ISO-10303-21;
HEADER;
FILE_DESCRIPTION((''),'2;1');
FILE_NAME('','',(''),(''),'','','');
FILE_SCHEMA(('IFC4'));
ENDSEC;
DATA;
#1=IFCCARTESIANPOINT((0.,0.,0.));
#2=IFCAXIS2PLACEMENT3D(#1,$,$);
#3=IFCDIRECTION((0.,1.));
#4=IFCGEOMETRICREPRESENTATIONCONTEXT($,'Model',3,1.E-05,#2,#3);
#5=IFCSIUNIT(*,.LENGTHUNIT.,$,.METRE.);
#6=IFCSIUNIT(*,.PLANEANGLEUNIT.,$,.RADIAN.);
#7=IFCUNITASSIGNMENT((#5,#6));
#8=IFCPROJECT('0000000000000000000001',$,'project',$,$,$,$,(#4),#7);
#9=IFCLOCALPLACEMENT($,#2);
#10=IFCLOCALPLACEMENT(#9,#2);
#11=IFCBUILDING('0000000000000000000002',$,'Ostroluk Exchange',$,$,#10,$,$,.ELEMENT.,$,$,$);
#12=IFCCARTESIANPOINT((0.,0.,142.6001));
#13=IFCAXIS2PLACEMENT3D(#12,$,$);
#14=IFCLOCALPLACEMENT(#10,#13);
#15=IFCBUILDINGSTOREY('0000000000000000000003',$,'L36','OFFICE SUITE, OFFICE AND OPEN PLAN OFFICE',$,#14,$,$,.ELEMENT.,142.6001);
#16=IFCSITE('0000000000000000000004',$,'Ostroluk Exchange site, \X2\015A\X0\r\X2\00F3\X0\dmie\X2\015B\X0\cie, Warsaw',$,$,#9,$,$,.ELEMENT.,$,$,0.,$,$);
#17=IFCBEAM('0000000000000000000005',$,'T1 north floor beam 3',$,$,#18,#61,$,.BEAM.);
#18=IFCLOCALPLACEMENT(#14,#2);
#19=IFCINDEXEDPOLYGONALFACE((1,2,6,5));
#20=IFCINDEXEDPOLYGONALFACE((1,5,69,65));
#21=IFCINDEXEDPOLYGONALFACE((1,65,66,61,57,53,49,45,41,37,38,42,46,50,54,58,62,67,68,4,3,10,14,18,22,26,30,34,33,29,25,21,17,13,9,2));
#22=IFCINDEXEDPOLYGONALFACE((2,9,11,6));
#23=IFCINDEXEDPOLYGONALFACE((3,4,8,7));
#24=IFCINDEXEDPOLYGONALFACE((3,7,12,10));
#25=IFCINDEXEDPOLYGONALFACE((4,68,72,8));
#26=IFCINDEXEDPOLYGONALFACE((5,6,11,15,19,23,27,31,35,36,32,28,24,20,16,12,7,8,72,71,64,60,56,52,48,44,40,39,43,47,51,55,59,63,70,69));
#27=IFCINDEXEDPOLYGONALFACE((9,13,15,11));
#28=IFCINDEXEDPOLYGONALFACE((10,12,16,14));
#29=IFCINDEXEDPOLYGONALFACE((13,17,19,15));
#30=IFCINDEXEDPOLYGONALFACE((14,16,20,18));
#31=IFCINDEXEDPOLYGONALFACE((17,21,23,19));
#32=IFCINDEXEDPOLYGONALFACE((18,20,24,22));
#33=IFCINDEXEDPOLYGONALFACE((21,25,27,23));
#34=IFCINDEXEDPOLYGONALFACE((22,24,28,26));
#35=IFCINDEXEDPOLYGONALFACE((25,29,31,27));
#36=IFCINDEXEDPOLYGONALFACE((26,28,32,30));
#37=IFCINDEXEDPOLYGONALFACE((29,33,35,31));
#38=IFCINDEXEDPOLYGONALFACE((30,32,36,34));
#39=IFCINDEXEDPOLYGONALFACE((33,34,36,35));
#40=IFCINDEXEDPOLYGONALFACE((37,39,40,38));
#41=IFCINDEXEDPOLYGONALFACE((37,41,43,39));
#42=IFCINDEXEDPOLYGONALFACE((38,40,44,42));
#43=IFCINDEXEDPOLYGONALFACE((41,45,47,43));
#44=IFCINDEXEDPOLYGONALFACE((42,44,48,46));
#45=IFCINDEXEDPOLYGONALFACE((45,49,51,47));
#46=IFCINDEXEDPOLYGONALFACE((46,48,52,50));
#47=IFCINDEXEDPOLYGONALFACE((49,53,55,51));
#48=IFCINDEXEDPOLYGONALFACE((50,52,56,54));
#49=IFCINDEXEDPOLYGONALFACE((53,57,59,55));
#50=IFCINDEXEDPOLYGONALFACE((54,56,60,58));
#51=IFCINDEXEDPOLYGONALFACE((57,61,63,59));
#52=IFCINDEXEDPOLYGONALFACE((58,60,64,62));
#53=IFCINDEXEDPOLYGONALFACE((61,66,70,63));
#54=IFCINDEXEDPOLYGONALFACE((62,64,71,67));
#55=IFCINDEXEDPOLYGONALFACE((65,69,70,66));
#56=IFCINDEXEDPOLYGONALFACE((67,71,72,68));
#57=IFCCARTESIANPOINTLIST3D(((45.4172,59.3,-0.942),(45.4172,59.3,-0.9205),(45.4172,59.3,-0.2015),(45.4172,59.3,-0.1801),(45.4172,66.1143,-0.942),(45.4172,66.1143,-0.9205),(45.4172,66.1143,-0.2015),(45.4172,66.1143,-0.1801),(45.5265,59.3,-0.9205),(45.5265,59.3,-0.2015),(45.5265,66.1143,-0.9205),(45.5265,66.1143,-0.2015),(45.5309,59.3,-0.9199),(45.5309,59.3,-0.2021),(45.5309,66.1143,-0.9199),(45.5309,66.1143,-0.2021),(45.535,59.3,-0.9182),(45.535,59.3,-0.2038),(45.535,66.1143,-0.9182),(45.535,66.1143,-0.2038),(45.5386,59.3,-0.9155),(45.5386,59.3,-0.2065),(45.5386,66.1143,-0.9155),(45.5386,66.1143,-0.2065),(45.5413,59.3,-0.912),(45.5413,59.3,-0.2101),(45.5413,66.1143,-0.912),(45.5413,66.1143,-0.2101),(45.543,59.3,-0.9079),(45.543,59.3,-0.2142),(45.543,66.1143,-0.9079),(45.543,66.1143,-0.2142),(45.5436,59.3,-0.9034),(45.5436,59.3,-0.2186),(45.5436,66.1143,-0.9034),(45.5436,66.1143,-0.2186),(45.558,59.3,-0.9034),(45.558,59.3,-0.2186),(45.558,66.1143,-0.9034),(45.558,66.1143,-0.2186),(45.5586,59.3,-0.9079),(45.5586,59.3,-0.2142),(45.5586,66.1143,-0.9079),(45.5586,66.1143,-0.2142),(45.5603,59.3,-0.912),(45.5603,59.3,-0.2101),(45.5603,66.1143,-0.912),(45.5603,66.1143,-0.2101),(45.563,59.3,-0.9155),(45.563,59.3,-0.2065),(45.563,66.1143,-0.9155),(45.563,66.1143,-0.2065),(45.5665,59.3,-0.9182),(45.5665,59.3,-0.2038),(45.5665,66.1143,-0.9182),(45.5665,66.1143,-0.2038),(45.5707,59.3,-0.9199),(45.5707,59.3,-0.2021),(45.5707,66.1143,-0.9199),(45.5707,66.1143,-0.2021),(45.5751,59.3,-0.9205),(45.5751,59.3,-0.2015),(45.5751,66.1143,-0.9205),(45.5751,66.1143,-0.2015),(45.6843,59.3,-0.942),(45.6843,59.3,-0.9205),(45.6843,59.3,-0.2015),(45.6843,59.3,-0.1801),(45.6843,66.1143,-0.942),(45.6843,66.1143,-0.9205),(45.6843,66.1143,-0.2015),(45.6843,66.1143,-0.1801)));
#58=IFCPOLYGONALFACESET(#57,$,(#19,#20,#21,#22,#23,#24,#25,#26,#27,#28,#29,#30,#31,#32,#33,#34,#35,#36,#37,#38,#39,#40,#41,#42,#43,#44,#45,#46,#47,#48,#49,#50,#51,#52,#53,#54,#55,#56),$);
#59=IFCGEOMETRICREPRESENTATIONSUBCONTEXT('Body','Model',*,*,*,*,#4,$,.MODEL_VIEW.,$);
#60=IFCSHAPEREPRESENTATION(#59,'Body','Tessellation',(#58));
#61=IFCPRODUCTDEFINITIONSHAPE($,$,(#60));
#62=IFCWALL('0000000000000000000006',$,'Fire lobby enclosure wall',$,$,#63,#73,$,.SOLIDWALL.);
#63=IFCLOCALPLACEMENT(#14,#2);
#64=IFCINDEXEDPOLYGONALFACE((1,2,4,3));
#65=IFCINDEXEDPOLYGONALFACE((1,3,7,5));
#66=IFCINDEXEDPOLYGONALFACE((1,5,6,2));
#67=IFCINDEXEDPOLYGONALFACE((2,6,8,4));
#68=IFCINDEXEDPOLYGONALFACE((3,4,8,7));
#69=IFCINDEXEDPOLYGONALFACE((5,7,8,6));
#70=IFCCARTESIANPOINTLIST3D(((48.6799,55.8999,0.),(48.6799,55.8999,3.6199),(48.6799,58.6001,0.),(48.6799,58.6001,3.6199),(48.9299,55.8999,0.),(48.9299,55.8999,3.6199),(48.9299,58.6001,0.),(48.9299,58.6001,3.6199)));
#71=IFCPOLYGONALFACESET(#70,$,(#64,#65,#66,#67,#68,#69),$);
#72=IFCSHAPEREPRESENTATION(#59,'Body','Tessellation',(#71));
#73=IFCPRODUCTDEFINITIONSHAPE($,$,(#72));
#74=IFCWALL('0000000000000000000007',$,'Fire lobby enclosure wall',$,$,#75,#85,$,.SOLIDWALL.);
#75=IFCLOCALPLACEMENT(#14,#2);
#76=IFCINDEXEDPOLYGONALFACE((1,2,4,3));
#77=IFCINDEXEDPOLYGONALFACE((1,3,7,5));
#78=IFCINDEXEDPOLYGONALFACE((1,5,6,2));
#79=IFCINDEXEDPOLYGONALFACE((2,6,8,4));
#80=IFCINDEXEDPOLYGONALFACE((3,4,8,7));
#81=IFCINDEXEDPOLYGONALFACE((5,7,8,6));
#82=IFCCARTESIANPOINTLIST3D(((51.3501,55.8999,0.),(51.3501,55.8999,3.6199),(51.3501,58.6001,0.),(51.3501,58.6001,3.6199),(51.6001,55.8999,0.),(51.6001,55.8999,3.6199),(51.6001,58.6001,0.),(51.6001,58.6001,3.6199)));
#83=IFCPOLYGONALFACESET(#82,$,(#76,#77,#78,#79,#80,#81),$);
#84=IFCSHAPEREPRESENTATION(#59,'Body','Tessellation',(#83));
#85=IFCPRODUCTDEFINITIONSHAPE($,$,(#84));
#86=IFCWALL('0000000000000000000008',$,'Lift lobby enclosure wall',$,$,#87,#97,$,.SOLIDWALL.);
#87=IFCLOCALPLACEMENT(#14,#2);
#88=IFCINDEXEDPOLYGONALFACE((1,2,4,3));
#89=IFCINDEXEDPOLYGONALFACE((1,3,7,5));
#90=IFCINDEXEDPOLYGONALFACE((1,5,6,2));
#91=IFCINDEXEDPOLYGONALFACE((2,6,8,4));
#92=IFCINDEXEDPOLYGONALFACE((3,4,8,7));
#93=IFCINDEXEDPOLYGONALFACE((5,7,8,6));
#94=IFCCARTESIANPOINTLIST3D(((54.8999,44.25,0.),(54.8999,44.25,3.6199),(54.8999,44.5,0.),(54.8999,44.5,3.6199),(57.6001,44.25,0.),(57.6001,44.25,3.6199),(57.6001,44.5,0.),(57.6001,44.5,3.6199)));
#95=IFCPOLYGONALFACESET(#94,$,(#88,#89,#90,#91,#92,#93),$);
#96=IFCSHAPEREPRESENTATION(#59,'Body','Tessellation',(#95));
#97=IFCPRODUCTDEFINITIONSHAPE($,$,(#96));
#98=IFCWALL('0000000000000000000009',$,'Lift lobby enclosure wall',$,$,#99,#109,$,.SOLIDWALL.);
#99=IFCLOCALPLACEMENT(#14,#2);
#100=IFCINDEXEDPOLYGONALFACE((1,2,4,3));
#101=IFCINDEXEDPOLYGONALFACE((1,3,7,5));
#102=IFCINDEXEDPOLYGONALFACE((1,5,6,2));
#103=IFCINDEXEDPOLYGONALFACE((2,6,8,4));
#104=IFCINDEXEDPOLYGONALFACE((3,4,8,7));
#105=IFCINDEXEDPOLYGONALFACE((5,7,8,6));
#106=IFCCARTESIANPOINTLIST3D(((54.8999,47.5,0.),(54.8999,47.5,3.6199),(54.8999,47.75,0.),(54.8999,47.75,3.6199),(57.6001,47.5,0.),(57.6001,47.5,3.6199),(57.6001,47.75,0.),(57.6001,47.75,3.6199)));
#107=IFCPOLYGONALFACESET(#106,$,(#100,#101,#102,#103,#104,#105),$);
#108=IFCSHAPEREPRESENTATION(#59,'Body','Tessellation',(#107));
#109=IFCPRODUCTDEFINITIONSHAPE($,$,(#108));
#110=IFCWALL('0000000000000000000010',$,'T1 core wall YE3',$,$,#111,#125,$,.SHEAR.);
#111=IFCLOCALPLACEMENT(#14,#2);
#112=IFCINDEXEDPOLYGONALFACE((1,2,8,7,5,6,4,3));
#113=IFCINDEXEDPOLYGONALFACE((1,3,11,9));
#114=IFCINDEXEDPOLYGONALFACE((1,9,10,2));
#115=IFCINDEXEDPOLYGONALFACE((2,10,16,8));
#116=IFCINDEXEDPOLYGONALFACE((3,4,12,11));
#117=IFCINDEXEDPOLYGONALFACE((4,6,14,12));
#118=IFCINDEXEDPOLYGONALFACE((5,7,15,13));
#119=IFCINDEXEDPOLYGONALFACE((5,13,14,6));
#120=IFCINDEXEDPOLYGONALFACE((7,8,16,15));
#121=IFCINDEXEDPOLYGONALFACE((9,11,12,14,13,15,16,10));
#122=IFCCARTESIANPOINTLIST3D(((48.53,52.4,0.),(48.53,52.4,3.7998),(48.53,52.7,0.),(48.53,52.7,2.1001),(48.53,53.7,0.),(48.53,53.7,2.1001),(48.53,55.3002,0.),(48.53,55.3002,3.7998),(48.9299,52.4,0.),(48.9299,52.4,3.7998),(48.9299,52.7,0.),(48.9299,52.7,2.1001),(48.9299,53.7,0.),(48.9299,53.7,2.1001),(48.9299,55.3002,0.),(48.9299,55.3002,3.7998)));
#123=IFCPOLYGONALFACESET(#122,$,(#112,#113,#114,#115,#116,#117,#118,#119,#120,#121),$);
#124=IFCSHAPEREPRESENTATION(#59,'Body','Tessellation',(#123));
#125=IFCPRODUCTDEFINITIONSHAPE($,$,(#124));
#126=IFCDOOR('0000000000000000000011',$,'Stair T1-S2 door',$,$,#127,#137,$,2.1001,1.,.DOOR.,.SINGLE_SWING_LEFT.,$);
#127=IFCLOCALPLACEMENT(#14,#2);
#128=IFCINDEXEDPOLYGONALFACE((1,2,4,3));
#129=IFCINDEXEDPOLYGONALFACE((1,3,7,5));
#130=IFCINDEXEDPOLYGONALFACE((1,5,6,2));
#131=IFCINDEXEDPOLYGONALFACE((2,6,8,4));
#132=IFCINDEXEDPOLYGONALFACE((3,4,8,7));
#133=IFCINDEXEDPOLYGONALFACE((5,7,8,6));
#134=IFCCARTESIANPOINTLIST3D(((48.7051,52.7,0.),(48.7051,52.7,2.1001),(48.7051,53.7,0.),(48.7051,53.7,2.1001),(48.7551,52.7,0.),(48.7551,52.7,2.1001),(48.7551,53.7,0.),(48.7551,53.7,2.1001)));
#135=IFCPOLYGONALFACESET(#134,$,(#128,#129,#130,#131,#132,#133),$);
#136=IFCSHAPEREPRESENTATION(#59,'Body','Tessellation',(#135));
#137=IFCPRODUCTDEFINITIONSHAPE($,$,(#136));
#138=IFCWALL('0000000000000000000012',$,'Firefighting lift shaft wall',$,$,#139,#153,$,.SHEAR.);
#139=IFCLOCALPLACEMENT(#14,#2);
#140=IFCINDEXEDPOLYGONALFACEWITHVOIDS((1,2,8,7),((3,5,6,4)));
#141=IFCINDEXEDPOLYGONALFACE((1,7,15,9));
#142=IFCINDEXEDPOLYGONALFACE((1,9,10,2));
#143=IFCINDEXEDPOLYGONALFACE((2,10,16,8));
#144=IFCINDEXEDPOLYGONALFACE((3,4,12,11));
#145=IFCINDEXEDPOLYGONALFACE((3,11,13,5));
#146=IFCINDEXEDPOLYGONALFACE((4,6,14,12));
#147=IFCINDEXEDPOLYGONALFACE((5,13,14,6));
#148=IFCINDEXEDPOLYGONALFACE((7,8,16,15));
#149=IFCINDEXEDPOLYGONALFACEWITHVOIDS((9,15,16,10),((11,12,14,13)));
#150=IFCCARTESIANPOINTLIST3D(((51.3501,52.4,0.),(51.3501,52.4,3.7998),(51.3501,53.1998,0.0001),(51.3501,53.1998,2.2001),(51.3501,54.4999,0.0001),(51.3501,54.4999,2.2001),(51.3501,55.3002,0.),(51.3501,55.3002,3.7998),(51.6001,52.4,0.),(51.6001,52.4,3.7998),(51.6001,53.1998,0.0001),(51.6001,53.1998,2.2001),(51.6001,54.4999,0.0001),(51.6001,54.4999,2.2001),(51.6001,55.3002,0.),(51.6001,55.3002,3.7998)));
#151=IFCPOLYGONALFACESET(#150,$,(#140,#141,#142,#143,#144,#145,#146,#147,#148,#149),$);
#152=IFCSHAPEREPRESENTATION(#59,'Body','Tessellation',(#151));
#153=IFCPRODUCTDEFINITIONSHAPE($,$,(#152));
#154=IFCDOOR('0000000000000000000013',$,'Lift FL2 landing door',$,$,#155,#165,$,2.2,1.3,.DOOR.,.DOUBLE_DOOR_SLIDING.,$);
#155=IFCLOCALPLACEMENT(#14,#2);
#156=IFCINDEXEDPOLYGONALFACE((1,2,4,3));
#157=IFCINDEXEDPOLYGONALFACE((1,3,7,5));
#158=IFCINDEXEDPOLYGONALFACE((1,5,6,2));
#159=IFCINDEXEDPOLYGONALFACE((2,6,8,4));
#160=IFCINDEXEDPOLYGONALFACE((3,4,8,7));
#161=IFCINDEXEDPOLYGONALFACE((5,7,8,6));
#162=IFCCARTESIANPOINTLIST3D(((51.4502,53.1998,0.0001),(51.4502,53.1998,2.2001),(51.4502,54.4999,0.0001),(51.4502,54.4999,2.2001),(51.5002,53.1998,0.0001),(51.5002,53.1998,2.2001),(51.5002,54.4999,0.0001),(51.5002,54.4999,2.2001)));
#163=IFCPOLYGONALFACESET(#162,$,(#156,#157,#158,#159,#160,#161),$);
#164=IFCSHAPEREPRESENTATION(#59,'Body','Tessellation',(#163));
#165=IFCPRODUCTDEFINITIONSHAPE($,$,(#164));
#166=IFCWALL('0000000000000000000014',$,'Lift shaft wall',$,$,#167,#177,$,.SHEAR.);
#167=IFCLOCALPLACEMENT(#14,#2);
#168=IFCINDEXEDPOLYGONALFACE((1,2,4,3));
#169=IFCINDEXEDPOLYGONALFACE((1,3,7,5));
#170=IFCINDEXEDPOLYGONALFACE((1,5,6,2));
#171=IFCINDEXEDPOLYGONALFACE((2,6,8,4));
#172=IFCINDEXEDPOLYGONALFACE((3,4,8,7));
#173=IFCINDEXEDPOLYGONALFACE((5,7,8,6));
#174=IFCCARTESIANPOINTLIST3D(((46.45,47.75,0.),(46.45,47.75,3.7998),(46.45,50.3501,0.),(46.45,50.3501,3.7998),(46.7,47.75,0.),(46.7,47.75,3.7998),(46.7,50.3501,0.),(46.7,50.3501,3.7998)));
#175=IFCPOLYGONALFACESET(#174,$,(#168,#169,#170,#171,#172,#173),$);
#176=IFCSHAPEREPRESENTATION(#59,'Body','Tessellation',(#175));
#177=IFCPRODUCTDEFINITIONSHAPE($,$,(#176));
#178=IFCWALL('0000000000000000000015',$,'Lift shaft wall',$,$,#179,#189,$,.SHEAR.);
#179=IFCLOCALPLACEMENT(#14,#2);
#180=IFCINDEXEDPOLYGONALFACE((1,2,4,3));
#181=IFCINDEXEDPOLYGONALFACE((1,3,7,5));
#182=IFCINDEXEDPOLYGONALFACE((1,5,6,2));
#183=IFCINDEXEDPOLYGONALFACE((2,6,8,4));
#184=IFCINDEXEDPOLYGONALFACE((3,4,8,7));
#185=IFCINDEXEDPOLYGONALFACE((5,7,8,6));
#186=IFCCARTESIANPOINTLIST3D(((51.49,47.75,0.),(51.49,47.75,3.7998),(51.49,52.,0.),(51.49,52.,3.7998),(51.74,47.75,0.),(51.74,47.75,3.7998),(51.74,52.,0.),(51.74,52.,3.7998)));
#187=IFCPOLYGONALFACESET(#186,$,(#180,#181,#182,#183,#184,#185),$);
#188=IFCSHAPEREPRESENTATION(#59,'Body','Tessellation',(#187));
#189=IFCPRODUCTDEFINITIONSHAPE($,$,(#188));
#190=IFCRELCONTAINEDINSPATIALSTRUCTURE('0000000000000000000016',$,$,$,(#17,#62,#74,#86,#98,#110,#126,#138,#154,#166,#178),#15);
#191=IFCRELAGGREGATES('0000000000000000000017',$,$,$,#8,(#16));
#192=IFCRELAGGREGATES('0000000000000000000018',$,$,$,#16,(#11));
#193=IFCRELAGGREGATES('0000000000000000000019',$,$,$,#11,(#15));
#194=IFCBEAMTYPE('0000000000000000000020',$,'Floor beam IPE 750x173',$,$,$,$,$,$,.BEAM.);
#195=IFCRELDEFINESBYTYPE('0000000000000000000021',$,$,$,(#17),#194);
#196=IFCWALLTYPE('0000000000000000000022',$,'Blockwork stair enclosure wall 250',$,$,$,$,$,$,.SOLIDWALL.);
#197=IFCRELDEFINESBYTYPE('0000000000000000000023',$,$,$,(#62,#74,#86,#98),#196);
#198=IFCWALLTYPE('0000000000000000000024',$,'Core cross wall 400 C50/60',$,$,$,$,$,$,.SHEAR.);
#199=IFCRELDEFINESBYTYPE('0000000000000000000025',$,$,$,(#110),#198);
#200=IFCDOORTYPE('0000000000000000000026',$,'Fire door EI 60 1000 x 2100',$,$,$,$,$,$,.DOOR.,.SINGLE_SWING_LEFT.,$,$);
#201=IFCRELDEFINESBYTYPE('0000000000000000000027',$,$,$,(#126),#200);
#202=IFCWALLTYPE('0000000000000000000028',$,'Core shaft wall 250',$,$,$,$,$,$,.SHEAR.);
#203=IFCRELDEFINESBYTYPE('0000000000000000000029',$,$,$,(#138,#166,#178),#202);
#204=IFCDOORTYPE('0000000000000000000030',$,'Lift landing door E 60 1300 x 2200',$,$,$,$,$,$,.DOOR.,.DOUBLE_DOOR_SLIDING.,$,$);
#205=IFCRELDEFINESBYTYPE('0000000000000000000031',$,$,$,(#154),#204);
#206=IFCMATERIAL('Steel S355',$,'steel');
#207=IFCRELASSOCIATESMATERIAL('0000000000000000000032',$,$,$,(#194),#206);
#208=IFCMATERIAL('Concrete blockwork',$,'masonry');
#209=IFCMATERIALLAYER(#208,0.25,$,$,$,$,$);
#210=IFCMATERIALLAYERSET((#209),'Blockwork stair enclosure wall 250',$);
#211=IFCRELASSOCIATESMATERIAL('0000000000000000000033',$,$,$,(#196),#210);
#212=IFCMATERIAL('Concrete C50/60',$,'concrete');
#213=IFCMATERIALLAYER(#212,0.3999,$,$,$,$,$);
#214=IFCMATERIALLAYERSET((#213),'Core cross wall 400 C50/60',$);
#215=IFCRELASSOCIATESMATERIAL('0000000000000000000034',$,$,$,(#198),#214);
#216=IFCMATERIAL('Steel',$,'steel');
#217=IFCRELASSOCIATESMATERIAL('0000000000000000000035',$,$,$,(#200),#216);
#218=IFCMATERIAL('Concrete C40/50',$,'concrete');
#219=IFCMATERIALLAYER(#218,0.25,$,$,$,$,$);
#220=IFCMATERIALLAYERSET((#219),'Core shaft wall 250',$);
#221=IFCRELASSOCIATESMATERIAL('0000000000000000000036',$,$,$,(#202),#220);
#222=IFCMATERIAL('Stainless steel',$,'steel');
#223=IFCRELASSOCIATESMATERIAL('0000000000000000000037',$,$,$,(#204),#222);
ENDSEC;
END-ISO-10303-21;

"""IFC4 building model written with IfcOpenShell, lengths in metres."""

from ifc_helpers import new_model, si_unit, direction, frame, frame_2d, origin, origin_2d, place, context, subcontext, project, spatial, rectangle, i_section, extrude, material, layer, layer_set, material_profile, profile_set, type_object, element, fill, save


model = new_model("IFC4")

# Units and contexts
model_context = context("Model", 3, precision=1e-05, world=origin(), true_north=direction((0.0, 1.0)))
body_context = subcontext(model_context, "Body", "Model", "MODEL_VIEW")
ifc_project = project(units=[si_unit("LENGTHUNIT", "METRE"), si_unit("PLANEANGLEUNIT", "RADIAN")], contexts=[model_context])

# Site, building, storey
site_placement = place(None, origin())
site = spatial("IfcSite", under=ifc_project, at=site_placement, Name="Ostroluk Exchange site, Śródmieście, Warsaw", CompositionType="ELEMENT", RefElevation=0.0)
building_placement = place(site_placement, origin())
building = spatial("IfcBuilding", under=site, at=building_placement, Name="Ostroluk Exchange", CompositionType="ELEMENT")
storey_placement = place(building_placement, frame((0.0, 0.0, 142.6001)))
storey = spatial("IfcBuildingStorey", under=building, at=storey_placement, Name="L36", Description="OFFICE SUITE, OFFICE AND OPEN PLAN OFFICE", CompositionType="ELEMENT", Elevation=142.6001)

# Beam
ifc_material_1 = material(Name="Steel S355", Category="steel")
ifc_material_profile_1 = material_profile(ifc_material_1, i_section(OverallWidth=0.2671, OverallDepth=0.762, WebThickness=0.0144, FlangeThickness=0.0215, FilletRadius=0.0171, at=origin_2d()), Name="IPE 750x173")
ifc_profile_set_1 = profile_set([ifc_material_profile_1], Name="Steel S355")
beam_type_1 = type_object("IfcBeamType", Name="Floor beam IPE 750x173", PredefinedType="BEAM", material=ifc_profile_set_1)
for number, where, z_axis, x_axis, name in (
    (1, (45.5508, 59.3, -0.561), (0.0, 1.0, 0.0), (-1.0, 0.0, 0.0), "T1 north floor beam 3"),
):
    element("IfcBeam", number, at=place(storey_placement, frame(where, z_axis=z_axis, x_axis=x_axis)), inside=storey, type_object=beam_type_1, Name=name, PredefinedType="BEAM", context=body_context, shape_type="SweptSolid", body=[
        extrude(i_section(OverallWidth=0.2671, OverallDepth=0.762, WebThickness=0.0144, FlangeThickness=0.0215, FilletRadius=0.0171, at=origin_2d()), origin(), (0.0, 0.0, 1.0), 6.8142),
    ])

# Walls
ifc_material_2 = material(Name="Concrete blockwork", Category="masonry")
ifc_layer_1 = layer(ifc_material_2, 0.25)
ifc_layer_set_1 = layer_set([ifc_layer_1], Name="Blockwork stair enclosure wall 250")
wall_type_1 = type_object("IfcWallType", Name="Blockwork stair enclosure wall 250", PredefinedType="SOLIDWALL", material=ifc_layer_set_1)
for number, where, z_axis, x_axis, name in (
    (2, (48.8049, 55.8999, 0.0), (0.0, 0.0, 1.0), (0.0, 1.0, 0.0), "Fire lobby enclosure wall"),
    (3, (51.4751, 55.8999, 0.0), (0.0, 0.0, 1.0), (0.0, 1.0, 0.0), "Fire lobby enclosure wall"),
    (4, (54.8999, 44.375, 0.0), (0.0, 0.0, 1.0), (1.0, 0.0, 0.0), "Lift lobby enclosure wall"),
    (5, (54.8999, 47.625, 0.0), (0.0, 0.0, 1.0), (1.0, 0.0, 0.0), "Lift lobby enclosure wall"),
):
    element("IfcWall", number, at=place(storey_placement, frame(where, z_axis=z_axis, x_axis=x_axis)), inside=storey, type_object=wall_type_1, Name=name, PredefinedType="SOLIDWALL", context=body_context, shape_type="SweptSolid", body=[
        extrude(rectangle(XDim=2.7002, YDim=0.25, at=frame_2d((1.3501, 0.0))), origin(), (0.0, 0.0, 1.0), 3.6199),
    ])

# Walls, openings, doors
ifc_material_3 = material(Name="Concrete C50/60", Category="concrete")
ifc_layer_2 = layer(ifc_material_3, 0.3999)
ifc_layer_set_2 = layer_set([ifc_layer_2], Name="Core cross wall 400 C50/60")
wall_type_2 = type_object("IfcWallType", Name="Core cross wall 400 C50/60", PredefinedType="SHEAR", material=ifc_layer_set_2)
wall_1_placement = place(storey_placement, frame((48.73, 52.3999, 0.0), z_axis=(0.0, 0.0, 1.0), x_axis=(0.0, 1.0, 0.0)))
wall_1 = element("IfcWall", 6, at=wall_1_placement, inside=storey, type_object=wall_type_2, Name="T1 core wall YE3", PredefinedType="SHEAR", context=body_context, shape_type="SweptSolid", body=[
    extrude(rectangle(XDim=2.9001, YDim=0.3999, at=frame_2d((1.4502, 0.0))), origin(), (0.0, 0.0, 1.0), 3.7998),
])
opening_1_placement = place(wall_1_placement, frame((0.3, 0.0, 0.0)))
opening_1 = element("IfcOpeningElement", 7, at=opening_1_placement, cuts=wall_1, PredefinedType="OPENING", context=body_context, shape_type="SweptSolid", body=[
    extrude(rectangle(XDim=1.0, YDim=2.1001, at=frame_2d((0.5, 1.05))), frame((0.0, 0.21, 0.0), z_axis=(0.0, -1.0, 0.0), x_axis=(1.0, 0.0, 0.0)), (0.0, 0.0, 1.0), 0.4199),
])
ifc_material_4 = material(Name="Steel", Category="steel")
door_type_1 = type_object("IfcDoorType", Name="Fire door EI 60 1000 x 2100", OperationType="SINGLE_SWING_LEFT", PredefinedType="DOOR", material=ifc_material_4)
door_1_placement = place(opening_1_placement, origin())
door_1 = element("IfcDoor", 8, at=door_1_placement, inside=storey, type_object=door_type_1, Name="Stair T1-S2 door", OperationType="SINGLE_SWING_LEFT", OverallHeight=2.1001, OverallWidth=1.0, PredefinedType="DOOR", context=body_context, shape_type="SweptSolid", body=[
    extrude(rectangle(XDim=1.0, YDim=2.1001, at=frame_2d((0.5, 1.05))), frame((0.0, 0.0249, 0.0), z_axis=(0.0, -1.0, 0.0), x_axis=(1.0, 0.0, 0.0)), (0.0, 0.0, 1.0), 0.05),
])
fill(opening_1, door_1)
ifc_material_5 = material(Name="Concrete C40/50", Category="concrete")
ifc_layer_3 = layer(ifc_material_5, 0.25)
ifc_layer_set_3 = layer_set([ifc_layer_3], Name="Core shaft wall 250")
wall_type_3 = type_object("IfcWallType", Name="Core shaft wall 250", PredefinedType="SHEAR", material=ifc_layer_set_3)
wall_2_placement = place(storey_placement, frame((51.4751, 52.3999, 0.0), z_axis=(0.0, 0.0, 1.0), x_axis=(0.0, 1.0, 0.0)))
wall_2 = element("IfcWall", 9, at=wall_2_placement, inside=storey, type_object=wall_type_3, Name="Firefighting lift shaft wall", PredefinedType="SHEAR", context=body_context, shape_type="SweptSolid", body=[
    extrude(rectangle(XDim=2.9001, YDim=0.25, at=frame_2d((1.4502, 0.0))), origin(), (0.0, 0.0, 1.0), 3.7998),
])
opening_2_placement = place(wall_2_placement, frame((0.8, 0.0, 0.0)))
opening_2 = element("IfcOpeningElement", 10, at=opening_2_placement, cuts=wall_2, PredefinedType="OPENING", context=body_context, shape_type="SweptSolid", body=[
    extrude(rectangle(XDim=1.3, YDim=2.2, at=frame_2d((0.6499, 1.1001))), frame((0.0, 0.135, 0.0), z_axis=(0.0, -1.0, 0.0), x_axis=(1.0, 0.0, 0.0)), (0.0, 0.0, 1.0), 0.27),
])
ifc_material_6 = material(Name="Stainless steel", Category="steel")
door_type_2 = type_object("IfcDoorType", Name="Lift landing door E 60 1300 x 2200", OperationType="DOUBLE_DOOR_SLIDING", PredefinedType="DOOR", material=ifc_material_6)
door_2_placement = place(opening_2_placement, origin())
door_2 = element("IfcDoor", 11, at=door_2_placement, inside=storey, type_object=door_type_2, Name="Lift FL2 landing door", OperationType="DOUBLE_DOOR_SLIDING", OverallHeight=2.2, OverallWidth=1.3, PredefinedType="DOOR", context=body_context, shape_type="SweptSolid", body=[
    extrude(rectangle(XDim=1.3, YDim=2.2, at=frame_2d((0.6499, 1.1001))), frame((0.0, 0.0249, 0.0), z_axis=(0.0, -1.0, 0.0), x_axis=(1.0, 0.0, 0.0)), (0.0, 0.0, 1.0), 0.05),
])
fill(opening_2, door_2)

# Walls
wall_3_placement = place(storey_placement, frame((46.575, 47.75, 0.0), z_axis=(0.0, 0.0, 1.0), x_axis=(0.0, 1.0, 0.0)))
element("IfcWall", 12, at=wall_3_placement, inside=storey, type_object=wall_type_3, Name="Lift shaft wall", PredefinedType="SHEAR", context=body_context, shape_type="SweptSolid", body=[
    extrude(rectangle(XDim=2.6001, YDim=0.25, at=frame_2d((1.3, 0.0))), origin(), (0.0, 0.0, 1.0), 3.7998),
])
wall_4_placement = place(storey_placement, frame((51.615, 47.75, 0.0), z_axis=(0.0, 0.0, 1.0), x_axis=(0.0, 1.0, 0.0)))
element("IfcWall", 13, at=wall_4_placement, inside=storey, type_object=wall_type_3, Name="Lift shaft wall", PredefinedType="SHEAR", context=body_context, shape_type="SweptSolid", body=[
    extrude(rectangle(XDim=4.25, YDim=0.25, at=frame_2d((2.125, 0.0))), origin(), (0.0, 0.0, 1.0), 3.7998),
])

save(model, "model.ifc")
